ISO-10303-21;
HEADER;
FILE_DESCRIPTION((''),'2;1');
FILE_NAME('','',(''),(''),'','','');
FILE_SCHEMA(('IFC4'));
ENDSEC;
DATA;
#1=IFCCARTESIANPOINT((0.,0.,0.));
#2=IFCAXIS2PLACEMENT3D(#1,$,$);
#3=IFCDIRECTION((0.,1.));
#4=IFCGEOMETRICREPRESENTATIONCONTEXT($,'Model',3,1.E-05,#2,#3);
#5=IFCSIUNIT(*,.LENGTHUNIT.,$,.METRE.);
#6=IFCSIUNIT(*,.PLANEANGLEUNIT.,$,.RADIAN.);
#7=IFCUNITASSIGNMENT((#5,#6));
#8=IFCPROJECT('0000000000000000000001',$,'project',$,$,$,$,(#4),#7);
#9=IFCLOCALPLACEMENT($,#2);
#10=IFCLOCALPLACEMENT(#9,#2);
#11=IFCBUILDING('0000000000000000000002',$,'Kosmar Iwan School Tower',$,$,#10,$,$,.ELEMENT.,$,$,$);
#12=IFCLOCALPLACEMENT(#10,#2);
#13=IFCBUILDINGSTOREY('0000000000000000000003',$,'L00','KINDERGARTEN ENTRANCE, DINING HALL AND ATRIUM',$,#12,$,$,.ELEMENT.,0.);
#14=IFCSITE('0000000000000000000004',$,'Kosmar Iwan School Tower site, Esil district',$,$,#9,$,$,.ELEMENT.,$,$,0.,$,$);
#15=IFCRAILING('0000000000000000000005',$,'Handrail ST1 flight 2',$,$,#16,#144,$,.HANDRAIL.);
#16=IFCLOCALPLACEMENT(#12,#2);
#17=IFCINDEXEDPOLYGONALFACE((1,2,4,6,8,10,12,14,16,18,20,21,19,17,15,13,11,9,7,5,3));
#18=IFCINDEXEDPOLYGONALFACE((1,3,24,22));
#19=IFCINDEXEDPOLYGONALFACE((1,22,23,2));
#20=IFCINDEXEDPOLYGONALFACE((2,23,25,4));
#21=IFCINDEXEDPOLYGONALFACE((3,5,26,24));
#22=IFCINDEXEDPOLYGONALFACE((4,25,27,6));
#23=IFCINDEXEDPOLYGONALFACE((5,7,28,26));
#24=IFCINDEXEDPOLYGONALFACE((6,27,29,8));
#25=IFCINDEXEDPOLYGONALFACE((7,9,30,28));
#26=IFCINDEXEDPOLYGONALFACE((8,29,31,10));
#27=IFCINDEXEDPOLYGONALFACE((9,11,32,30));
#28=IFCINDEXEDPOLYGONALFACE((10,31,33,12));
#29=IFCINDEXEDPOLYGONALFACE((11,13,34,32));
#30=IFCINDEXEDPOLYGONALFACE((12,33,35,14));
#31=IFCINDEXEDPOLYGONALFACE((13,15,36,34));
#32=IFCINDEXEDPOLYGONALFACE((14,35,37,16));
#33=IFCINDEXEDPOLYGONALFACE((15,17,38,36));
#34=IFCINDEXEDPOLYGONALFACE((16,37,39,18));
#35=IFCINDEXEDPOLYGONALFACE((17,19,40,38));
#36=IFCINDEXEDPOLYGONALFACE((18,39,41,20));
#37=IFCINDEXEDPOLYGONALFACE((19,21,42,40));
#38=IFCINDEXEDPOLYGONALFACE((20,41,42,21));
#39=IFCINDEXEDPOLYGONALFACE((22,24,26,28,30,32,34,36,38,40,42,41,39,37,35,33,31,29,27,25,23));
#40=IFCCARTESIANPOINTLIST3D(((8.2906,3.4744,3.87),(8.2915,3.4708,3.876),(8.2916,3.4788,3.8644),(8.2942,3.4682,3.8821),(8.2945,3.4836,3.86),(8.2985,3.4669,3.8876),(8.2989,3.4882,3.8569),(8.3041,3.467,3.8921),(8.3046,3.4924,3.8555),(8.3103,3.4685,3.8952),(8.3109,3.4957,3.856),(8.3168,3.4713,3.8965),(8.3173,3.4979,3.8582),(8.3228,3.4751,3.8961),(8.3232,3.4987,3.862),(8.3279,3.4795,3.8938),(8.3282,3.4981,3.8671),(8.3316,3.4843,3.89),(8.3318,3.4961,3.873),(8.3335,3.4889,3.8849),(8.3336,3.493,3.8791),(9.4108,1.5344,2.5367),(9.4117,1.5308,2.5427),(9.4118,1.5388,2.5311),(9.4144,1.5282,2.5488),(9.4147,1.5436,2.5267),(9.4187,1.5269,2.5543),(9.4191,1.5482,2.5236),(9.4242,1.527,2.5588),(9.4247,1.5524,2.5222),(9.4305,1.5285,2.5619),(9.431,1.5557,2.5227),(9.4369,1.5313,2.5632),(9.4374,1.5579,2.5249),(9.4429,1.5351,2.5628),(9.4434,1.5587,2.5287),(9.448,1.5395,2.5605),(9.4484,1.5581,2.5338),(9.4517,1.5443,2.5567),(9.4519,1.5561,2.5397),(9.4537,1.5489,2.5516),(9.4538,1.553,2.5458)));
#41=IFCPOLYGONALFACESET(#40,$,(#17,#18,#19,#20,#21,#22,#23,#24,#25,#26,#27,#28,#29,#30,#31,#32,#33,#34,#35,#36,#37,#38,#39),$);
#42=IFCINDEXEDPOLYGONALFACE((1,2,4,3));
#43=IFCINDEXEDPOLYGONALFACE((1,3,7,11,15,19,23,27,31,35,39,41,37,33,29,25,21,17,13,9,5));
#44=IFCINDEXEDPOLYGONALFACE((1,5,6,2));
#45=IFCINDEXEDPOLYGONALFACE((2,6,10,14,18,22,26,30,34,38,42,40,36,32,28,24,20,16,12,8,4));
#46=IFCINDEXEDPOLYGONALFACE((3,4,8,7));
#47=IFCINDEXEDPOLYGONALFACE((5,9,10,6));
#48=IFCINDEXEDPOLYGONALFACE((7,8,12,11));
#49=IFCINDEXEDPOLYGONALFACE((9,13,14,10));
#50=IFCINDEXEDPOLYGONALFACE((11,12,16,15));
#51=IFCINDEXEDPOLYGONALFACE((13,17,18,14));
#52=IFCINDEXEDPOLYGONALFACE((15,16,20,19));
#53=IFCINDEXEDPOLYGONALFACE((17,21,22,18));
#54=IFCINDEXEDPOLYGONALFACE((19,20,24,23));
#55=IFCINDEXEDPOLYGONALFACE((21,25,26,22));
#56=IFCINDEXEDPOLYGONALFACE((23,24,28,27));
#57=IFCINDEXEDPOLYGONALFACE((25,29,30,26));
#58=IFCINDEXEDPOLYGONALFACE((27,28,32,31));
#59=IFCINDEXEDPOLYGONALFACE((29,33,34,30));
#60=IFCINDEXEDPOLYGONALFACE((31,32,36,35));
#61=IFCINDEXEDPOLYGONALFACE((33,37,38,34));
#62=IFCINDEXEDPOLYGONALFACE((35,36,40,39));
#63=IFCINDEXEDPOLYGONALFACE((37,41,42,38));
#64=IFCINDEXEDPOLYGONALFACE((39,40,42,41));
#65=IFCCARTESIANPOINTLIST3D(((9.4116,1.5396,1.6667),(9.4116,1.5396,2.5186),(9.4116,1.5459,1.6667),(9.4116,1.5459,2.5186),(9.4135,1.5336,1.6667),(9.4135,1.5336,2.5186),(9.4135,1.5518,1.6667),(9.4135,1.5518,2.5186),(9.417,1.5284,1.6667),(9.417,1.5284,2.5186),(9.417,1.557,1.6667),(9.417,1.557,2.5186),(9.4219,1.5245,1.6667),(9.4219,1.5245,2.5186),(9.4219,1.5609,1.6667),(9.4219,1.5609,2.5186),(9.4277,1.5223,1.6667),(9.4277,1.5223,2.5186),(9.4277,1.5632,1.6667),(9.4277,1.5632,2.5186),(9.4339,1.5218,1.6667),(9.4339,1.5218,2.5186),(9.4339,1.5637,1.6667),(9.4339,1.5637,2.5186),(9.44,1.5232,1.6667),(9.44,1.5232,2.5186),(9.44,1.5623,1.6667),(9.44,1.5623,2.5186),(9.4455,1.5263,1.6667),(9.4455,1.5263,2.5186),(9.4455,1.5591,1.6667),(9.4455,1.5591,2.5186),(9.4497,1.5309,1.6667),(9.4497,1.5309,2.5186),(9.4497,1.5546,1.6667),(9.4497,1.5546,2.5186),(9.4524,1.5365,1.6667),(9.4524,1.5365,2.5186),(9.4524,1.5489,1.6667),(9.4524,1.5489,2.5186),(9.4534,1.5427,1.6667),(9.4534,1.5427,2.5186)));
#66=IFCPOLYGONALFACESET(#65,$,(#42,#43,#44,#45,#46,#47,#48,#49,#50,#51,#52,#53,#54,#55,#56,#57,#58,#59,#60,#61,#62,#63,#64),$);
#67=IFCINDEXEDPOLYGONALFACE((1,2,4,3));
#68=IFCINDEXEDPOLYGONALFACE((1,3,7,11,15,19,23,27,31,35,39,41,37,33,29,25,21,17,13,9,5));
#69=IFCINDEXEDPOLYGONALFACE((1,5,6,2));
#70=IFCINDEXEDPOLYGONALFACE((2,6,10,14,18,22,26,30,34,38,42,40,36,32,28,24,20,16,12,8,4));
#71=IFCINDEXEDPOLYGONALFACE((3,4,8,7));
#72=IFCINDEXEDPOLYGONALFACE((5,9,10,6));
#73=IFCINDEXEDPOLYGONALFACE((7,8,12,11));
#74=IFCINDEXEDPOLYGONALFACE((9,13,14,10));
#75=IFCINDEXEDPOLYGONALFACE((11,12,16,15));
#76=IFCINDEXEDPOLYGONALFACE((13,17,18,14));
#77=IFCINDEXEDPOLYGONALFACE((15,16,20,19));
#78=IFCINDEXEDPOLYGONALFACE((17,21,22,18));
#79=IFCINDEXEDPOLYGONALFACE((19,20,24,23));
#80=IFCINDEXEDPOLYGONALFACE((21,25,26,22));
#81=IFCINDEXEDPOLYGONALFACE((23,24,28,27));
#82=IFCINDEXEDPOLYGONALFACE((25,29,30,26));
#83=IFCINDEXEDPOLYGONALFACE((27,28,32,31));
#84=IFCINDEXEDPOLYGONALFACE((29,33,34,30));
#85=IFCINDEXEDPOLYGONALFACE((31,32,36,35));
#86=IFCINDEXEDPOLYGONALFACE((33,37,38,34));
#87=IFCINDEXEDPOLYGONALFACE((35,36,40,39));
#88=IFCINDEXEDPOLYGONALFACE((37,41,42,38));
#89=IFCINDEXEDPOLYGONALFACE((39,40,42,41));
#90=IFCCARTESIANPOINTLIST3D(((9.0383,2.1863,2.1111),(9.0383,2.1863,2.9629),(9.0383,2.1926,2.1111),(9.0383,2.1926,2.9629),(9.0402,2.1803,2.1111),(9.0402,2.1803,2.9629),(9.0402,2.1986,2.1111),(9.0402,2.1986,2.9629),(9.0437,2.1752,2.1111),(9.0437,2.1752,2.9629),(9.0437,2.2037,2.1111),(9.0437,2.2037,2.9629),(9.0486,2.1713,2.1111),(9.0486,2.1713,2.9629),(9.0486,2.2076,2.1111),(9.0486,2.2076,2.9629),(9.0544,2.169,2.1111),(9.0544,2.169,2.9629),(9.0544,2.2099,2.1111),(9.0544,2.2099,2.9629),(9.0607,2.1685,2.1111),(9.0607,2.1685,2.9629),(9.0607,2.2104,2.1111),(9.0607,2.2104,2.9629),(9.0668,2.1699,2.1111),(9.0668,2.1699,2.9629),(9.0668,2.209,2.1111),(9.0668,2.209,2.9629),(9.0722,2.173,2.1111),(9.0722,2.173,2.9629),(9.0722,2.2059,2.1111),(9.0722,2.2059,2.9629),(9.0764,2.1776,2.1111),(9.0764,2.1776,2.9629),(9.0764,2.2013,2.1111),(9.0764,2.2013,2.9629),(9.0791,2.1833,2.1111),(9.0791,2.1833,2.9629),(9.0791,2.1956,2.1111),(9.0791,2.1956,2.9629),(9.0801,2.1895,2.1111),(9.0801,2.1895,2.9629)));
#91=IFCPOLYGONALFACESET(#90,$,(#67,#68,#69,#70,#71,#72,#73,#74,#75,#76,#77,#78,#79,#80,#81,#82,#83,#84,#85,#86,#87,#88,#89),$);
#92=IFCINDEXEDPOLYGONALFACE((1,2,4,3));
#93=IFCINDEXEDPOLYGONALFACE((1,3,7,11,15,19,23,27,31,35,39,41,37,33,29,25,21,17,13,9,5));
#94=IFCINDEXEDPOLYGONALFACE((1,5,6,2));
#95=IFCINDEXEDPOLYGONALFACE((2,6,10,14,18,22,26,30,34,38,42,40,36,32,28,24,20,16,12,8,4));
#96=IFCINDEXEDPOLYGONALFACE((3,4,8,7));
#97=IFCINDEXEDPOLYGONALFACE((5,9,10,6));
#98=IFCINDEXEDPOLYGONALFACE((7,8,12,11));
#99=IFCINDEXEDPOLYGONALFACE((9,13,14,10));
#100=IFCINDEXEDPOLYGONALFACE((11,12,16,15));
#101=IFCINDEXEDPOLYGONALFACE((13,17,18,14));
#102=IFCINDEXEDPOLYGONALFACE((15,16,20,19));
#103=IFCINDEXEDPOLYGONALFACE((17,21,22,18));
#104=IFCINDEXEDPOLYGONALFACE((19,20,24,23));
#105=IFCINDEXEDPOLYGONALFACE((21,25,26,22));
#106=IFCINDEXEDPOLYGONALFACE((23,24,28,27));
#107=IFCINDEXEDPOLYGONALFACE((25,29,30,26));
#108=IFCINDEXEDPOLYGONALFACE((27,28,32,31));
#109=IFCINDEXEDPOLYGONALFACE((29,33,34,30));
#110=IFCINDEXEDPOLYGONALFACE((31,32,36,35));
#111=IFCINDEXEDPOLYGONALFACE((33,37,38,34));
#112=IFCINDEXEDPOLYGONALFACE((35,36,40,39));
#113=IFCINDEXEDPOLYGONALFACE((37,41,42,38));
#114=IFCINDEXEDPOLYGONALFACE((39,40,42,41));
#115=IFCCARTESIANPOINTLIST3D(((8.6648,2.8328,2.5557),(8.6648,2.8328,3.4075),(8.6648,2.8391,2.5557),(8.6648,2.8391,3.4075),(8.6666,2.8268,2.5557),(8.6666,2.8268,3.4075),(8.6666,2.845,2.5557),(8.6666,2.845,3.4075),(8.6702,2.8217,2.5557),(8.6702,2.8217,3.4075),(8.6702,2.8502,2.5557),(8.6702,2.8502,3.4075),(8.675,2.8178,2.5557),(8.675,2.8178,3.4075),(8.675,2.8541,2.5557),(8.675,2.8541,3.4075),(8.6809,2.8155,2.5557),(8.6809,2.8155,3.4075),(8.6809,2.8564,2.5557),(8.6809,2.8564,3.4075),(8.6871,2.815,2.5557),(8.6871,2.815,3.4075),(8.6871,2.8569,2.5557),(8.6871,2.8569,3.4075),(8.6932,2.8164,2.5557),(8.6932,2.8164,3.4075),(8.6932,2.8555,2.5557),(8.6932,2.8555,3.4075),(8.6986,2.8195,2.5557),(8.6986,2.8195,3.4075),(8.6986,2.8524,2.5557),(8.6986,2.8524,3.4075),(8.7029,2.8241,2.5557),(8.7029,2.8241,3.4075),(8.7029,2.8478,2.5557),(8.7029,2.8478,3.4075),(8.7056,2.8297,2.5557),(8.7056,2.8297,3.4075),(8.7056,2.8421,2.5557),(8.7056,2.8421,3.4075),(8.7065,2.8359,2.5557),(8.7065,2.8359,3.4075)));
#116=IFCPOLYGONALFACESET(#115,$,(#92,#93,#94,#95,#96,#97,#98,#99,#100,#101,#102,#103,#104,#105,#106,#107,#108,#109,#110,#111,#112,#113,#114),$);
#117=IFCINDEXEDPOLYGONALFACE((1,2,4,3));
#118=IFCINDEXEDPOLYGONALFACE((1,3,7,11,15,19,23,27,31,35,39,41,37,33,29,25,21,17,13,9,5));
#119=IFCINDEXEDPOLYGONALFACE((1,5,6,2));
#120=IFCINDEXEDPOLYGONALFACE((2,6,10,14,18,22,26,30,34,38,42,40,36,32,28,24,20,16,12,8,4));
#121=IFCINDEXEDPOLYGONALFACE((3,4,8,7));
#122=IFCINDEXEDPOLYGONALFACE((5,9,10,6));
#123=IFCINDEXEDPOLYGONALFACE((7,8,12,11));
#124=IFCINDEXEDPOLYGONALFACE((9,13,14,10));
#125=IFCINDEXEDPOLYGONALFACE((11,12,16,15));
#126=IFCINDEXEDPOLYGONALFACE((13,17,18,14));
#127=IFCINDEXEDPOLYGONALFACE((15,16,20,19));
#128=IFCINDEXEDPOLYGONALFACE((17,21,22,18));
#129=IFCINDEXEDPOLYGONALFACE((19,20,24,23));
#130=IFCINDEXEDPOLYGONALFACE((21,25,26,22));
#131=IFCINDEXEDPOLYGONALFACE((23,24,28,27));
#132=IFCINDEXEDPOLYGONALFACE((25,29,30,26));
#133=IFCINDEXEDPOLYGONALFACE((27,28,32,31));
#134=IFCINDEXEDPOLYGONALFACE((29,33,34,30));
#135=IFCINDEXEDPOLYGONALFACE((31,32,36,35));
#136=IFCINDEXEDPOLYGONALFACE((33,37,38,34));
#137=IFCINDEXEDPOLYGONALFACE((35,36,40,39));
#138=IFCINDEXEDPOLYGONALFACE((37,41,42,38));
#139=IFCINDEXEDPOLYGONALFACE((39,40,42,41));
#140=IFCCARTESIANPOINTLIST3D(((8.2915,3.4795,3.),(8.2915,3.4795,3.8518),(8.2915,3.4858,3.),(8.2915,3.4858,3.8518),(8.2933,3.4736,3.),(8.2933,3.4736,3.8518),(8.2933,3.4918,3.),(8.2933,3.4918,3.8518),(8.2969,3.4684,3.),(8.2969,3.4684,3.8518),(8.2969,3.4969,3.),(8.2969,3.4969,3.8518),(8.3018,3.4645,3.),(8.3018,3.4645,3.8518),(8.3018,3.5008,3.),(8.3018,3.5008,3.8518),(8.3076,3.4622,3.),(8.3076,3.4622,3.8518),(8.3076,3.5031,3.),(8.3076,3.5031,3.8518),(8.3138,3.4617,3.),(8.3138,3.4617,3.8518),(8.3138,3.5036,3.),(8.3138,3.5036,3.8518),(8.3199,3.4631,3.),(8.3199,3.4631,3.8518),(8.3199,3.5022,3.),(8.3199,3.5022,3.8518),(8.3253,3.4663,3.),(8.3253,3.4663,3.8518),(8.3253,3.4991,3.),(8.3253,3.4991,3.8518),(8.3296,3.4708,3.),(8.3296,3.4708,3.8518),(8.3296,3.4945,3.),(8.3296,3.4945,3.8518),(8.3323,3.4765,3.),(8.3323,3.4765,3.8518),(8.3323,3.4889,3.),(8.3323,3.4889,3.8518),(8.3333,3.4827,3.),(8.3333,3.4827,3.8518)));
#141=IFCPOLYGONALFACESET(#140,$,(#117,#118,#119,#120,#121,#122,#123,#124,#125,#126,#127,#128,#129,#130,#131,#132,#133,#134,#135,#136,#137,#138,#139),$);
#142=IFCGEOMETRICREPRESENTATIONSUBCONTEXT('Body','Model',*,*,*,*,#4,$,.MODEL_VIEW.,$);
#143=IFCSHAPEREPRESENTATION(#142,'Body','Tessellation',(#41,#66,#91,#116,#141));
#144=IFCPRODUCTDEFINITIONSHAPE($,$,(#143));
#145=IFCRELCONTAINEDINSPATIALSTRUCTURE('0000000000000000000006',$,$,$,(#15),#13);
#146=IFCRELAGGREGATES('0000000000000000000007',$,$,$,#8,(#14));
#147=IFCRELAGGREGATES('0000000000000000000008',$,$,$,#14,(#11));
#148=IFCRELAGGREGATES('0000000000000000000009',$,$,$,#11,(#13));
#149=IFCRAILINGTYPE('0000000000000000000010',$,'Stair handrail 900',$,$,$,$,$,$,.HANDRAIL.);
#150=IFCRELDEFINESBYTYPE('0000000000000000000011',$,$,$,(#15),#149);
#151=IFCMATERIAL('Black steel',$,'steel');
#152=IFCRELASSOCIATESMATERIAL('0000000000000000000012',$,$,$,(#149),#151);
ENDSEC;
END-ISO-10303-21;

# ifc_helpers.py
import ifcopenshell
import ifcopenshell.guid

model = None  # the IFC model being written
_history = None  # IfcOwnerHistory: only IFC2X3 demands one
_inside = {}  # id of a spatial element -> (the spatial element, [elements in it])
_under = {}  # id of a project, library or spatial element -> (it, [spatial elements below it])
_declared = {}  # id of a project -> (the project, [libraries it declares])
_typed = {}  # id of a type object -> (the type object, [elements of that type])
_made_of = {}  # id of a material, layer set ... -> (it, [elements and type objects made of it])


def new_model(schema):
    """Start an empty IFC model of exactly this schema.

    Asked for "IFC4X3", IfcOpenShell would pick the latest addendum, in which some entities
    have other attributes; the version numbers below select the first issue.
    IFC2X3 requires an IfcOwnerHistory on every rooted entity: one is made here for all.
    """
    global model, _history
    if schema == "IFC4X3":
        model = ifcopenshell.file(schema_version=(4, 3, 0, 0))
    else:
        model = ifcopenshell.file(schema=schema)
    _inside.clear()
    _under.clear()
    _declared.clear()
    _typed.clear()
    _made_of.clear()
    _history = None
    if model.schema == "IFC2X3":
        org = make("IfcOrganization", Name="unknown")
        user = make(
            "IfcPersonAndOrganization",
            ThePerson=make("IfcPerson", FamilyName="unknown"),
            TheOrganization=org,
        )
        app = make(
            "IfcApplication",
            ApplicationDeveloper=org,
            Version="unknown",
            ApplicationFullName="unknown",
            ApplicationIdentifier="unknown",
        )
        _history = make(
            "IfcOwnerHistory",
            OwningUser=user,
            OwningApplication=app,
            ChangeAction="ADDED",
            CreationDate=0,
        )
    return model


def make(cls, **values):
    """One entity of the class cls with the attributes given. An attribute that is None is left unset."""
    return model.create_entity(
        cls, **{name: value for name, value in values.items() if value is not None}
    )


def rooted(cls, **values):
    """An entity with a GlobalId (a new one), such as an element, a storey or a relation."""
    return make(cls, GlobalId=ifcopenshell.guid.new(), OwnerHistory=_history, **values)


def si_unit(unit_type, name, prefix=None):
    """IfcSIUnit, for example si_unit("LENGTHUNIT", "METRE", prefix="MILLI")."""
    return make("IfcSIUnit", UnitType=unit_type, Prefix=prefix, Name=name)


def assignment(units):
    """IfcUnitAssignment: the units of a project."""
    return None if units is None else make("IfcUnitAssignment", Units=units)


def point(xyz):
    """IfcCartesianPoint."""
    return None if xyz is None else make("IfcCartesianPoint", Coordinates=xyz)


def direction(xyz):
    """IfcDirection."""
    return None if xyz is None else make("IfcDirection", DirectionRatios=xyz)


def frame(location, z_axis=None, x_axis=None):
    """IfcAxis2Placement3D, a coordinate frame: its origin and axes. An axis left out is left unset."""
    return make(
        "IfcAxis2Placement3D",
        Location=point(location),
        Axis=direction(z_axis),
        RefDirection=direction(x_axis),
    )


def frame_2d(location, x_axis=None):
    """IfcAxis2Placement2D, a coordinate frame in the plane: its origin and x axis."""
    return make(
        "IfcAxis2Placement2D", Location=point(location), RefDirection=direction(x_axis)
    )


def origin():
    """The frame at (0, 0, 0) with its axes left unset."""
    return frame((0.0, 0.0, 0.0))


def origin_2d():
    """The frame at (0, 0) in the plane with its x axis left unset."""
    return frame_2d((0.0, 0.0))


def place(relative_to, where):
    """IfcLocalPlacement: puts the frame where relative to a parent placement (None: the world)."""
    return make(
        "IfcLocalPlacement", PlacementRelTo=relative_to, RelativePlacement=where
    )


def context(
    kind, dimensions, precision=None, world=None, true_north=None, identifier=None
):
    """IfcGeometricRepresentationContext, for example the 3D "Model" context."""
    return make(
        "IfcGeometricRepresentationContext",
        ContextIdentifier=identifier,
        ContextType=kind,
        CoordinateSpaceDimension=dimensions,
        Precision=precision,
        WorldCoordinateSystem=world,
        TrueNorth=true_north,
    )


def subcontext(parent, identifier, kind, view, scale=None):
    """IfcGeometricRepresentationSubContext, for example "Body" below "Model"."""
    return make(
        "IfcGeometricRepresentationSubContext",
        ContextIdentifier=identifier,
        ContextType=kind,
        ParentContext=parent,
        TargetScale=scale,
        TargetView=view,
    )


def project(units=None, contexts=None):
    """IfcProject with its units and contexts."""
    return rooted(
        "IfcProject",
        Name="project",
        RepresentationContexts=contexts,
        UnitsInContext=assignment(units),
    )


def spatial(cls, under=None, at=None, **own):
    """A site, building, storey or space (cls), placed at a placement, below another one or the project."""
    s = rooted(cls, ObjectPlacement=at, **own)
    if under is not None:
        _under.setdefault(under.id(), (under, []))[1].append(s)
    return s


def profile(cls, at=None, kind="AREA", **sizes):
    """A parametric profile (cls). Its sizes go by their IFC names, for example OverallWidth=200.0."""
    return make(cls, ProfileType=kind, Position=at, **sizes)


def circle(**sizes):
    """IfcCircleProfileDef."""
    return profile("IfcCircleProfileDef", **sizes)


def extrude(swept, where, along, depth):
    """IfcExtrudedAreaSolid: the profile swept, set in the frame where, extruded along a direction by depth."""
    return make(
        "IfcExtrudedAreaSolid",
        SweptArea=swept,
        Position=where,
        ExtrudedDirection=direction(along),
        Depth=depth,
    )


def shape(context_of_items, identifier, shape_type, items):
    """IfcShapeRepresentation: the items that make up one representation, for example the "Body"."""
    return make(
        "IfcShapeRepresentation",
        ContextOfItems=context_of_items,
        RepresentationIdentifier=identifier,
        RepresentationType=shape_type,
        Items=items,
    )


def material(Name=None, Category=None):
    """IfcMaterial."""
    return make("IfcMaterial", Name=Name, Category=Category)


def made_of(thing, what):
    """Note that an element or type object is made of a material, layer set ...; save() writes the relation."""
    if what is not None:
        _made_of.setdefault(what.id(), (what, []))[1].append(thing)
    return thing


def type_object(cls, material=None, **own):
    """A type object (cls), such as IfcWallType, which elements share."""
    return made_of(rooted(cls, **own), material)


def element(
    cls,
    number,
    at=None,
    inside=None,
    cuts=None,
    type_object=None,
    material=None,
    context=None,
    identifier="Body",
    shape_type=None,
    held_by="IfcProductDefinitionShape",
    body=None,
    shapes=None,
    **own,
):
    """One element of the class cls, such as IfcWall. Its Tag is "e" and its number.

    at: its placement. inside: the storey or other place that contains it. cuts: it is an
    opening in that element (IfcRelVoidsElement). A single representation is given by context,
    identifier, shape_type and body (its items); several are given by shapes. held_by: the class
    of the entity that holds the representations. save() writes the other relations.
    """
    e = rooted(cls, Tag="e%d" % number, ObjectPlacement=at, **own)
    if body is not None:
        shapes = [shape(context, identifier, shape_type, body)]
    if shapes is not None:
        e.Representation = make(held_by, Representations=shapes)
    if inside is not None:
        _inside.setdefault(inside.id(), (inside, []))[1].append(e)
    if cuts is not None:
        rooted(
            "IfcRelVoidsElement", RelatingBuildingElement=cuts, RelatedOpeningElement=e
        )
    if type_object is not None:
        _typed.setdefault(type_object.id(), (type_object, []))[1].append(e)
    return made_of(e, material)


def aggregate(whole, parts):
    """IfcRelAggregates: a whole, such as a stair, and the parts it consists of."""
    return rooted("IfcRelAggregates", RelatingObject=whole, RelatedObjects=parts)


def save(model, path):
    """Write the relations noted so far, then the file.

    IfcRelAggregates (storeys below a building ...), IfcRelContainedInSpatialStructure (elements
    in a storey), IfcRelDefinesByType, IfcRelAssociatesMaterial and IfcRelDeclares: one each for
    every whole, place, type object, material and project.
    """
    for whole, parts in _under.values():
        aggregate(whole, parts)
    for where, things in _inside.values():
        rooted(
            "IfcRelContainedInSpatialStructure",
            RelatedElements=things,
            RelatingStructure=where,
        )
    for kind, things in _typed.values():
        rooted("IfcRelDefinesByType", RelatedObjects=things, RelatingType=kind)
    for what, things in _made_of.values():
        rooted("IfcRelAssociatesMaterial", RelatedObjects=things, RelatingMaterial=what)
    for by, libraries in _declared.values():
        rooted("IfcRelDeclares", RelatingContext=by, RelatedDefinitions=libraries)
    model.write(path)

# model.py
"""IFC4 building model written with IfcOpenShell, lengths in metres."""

from ifc_helpers import new_model, si_unit, direction, frame, origin, origin_2d, place, context, subcontext, project, spatial, circle, extrude, material, type_object, element, save


model = new_model("IFC4")

# Units and contexts
model_context = context("Model", 3, precision=1e-05, world=origin(), true_north=direction((0.0, 1.0)))
body_context = subcontext(model_context, "Body", "Model", "MODEL_VIEW")
ifc_project = project(units=[si_unit("LENGTHUNIT", "METRE"), si_unit("PLANEANGLEUNIT", "RADIAN")], contexts=[model_context])

# Site, building, storey
site_placement = place(None, origin())
site = spatial("IfcSite", under=ifc_project, at=site_placement, Name="Kosmar Iwan School Tower site, Esil district", CompositionType="ELEMENT", RefElevation=0.0)
building_placement = place(site_placement, origin())
building = spatial("IfcBuilding", under=site, at=building_placement, Name="Kosmar Iwan School Tower", CompositionType="ELEMENT")
storey_placement = place(building_placement, origin())
storey = spatial("IfcBuildingStorey", under=building, at=storey_placement, Name="L00", Description="KINDERGARTEN ENTRANCE, DINING HALL AND ATRIUM", CompositionType="ELEMENT", Elevation=0.0)

# Railing
ifc_material_1 = material(Name="Black steel", Category="steel")
railing_type = type_object("IfcRailingType", Name="Stair handrail 900", PredefinedType="HANDRAIL", material=ifc_material_1)
railing_1_placement = place(storey_placement, frame((9.4324, 1.5427, 1.6667)))
element("IfcRailing", 1, at=railing_1_placement, inside=storey, type_object=railing_type, Name="Handrail ST1 flight 2", PredefinedType="HANDRAIL", context=body_context, shape_type="SweptSolid", body=[
    extrude(circle(Radius=0.0239, at=origin_2d()), frame((0.0, 0.0, 0.876), z_axis=(-0.429684, 0.744175, 0.511444), x_axis=(-0.866008, -0.500031, 0.0)), (0.0, 0.0, 1.0), 2.6069),
    extrude(circle(Radius=0.021, at=origin_2d()), origin(), (0.0, 0.0, 1.0), 0.8518),
    extrude(circle(Radius=0.021, at=origin_2d()), frame((-0.3733, 0.6467, 0.4443)), (0.0, 0.0, 1.0), 0.8518),
    extrude(circle(Radius=0.021, at=origin_2d()), frame((-0.7468, 1.2932, 0.8889)), (0.0, 0.0, 1.0), 0.8518),
    extrude(circle(Radius=0.021, at=origin_2d()), frame((-1.1201, 1.9399, 1.3333)), (0.0, 0.0, 1.0), 0.8518),
])

save(model, "model.ifc")
